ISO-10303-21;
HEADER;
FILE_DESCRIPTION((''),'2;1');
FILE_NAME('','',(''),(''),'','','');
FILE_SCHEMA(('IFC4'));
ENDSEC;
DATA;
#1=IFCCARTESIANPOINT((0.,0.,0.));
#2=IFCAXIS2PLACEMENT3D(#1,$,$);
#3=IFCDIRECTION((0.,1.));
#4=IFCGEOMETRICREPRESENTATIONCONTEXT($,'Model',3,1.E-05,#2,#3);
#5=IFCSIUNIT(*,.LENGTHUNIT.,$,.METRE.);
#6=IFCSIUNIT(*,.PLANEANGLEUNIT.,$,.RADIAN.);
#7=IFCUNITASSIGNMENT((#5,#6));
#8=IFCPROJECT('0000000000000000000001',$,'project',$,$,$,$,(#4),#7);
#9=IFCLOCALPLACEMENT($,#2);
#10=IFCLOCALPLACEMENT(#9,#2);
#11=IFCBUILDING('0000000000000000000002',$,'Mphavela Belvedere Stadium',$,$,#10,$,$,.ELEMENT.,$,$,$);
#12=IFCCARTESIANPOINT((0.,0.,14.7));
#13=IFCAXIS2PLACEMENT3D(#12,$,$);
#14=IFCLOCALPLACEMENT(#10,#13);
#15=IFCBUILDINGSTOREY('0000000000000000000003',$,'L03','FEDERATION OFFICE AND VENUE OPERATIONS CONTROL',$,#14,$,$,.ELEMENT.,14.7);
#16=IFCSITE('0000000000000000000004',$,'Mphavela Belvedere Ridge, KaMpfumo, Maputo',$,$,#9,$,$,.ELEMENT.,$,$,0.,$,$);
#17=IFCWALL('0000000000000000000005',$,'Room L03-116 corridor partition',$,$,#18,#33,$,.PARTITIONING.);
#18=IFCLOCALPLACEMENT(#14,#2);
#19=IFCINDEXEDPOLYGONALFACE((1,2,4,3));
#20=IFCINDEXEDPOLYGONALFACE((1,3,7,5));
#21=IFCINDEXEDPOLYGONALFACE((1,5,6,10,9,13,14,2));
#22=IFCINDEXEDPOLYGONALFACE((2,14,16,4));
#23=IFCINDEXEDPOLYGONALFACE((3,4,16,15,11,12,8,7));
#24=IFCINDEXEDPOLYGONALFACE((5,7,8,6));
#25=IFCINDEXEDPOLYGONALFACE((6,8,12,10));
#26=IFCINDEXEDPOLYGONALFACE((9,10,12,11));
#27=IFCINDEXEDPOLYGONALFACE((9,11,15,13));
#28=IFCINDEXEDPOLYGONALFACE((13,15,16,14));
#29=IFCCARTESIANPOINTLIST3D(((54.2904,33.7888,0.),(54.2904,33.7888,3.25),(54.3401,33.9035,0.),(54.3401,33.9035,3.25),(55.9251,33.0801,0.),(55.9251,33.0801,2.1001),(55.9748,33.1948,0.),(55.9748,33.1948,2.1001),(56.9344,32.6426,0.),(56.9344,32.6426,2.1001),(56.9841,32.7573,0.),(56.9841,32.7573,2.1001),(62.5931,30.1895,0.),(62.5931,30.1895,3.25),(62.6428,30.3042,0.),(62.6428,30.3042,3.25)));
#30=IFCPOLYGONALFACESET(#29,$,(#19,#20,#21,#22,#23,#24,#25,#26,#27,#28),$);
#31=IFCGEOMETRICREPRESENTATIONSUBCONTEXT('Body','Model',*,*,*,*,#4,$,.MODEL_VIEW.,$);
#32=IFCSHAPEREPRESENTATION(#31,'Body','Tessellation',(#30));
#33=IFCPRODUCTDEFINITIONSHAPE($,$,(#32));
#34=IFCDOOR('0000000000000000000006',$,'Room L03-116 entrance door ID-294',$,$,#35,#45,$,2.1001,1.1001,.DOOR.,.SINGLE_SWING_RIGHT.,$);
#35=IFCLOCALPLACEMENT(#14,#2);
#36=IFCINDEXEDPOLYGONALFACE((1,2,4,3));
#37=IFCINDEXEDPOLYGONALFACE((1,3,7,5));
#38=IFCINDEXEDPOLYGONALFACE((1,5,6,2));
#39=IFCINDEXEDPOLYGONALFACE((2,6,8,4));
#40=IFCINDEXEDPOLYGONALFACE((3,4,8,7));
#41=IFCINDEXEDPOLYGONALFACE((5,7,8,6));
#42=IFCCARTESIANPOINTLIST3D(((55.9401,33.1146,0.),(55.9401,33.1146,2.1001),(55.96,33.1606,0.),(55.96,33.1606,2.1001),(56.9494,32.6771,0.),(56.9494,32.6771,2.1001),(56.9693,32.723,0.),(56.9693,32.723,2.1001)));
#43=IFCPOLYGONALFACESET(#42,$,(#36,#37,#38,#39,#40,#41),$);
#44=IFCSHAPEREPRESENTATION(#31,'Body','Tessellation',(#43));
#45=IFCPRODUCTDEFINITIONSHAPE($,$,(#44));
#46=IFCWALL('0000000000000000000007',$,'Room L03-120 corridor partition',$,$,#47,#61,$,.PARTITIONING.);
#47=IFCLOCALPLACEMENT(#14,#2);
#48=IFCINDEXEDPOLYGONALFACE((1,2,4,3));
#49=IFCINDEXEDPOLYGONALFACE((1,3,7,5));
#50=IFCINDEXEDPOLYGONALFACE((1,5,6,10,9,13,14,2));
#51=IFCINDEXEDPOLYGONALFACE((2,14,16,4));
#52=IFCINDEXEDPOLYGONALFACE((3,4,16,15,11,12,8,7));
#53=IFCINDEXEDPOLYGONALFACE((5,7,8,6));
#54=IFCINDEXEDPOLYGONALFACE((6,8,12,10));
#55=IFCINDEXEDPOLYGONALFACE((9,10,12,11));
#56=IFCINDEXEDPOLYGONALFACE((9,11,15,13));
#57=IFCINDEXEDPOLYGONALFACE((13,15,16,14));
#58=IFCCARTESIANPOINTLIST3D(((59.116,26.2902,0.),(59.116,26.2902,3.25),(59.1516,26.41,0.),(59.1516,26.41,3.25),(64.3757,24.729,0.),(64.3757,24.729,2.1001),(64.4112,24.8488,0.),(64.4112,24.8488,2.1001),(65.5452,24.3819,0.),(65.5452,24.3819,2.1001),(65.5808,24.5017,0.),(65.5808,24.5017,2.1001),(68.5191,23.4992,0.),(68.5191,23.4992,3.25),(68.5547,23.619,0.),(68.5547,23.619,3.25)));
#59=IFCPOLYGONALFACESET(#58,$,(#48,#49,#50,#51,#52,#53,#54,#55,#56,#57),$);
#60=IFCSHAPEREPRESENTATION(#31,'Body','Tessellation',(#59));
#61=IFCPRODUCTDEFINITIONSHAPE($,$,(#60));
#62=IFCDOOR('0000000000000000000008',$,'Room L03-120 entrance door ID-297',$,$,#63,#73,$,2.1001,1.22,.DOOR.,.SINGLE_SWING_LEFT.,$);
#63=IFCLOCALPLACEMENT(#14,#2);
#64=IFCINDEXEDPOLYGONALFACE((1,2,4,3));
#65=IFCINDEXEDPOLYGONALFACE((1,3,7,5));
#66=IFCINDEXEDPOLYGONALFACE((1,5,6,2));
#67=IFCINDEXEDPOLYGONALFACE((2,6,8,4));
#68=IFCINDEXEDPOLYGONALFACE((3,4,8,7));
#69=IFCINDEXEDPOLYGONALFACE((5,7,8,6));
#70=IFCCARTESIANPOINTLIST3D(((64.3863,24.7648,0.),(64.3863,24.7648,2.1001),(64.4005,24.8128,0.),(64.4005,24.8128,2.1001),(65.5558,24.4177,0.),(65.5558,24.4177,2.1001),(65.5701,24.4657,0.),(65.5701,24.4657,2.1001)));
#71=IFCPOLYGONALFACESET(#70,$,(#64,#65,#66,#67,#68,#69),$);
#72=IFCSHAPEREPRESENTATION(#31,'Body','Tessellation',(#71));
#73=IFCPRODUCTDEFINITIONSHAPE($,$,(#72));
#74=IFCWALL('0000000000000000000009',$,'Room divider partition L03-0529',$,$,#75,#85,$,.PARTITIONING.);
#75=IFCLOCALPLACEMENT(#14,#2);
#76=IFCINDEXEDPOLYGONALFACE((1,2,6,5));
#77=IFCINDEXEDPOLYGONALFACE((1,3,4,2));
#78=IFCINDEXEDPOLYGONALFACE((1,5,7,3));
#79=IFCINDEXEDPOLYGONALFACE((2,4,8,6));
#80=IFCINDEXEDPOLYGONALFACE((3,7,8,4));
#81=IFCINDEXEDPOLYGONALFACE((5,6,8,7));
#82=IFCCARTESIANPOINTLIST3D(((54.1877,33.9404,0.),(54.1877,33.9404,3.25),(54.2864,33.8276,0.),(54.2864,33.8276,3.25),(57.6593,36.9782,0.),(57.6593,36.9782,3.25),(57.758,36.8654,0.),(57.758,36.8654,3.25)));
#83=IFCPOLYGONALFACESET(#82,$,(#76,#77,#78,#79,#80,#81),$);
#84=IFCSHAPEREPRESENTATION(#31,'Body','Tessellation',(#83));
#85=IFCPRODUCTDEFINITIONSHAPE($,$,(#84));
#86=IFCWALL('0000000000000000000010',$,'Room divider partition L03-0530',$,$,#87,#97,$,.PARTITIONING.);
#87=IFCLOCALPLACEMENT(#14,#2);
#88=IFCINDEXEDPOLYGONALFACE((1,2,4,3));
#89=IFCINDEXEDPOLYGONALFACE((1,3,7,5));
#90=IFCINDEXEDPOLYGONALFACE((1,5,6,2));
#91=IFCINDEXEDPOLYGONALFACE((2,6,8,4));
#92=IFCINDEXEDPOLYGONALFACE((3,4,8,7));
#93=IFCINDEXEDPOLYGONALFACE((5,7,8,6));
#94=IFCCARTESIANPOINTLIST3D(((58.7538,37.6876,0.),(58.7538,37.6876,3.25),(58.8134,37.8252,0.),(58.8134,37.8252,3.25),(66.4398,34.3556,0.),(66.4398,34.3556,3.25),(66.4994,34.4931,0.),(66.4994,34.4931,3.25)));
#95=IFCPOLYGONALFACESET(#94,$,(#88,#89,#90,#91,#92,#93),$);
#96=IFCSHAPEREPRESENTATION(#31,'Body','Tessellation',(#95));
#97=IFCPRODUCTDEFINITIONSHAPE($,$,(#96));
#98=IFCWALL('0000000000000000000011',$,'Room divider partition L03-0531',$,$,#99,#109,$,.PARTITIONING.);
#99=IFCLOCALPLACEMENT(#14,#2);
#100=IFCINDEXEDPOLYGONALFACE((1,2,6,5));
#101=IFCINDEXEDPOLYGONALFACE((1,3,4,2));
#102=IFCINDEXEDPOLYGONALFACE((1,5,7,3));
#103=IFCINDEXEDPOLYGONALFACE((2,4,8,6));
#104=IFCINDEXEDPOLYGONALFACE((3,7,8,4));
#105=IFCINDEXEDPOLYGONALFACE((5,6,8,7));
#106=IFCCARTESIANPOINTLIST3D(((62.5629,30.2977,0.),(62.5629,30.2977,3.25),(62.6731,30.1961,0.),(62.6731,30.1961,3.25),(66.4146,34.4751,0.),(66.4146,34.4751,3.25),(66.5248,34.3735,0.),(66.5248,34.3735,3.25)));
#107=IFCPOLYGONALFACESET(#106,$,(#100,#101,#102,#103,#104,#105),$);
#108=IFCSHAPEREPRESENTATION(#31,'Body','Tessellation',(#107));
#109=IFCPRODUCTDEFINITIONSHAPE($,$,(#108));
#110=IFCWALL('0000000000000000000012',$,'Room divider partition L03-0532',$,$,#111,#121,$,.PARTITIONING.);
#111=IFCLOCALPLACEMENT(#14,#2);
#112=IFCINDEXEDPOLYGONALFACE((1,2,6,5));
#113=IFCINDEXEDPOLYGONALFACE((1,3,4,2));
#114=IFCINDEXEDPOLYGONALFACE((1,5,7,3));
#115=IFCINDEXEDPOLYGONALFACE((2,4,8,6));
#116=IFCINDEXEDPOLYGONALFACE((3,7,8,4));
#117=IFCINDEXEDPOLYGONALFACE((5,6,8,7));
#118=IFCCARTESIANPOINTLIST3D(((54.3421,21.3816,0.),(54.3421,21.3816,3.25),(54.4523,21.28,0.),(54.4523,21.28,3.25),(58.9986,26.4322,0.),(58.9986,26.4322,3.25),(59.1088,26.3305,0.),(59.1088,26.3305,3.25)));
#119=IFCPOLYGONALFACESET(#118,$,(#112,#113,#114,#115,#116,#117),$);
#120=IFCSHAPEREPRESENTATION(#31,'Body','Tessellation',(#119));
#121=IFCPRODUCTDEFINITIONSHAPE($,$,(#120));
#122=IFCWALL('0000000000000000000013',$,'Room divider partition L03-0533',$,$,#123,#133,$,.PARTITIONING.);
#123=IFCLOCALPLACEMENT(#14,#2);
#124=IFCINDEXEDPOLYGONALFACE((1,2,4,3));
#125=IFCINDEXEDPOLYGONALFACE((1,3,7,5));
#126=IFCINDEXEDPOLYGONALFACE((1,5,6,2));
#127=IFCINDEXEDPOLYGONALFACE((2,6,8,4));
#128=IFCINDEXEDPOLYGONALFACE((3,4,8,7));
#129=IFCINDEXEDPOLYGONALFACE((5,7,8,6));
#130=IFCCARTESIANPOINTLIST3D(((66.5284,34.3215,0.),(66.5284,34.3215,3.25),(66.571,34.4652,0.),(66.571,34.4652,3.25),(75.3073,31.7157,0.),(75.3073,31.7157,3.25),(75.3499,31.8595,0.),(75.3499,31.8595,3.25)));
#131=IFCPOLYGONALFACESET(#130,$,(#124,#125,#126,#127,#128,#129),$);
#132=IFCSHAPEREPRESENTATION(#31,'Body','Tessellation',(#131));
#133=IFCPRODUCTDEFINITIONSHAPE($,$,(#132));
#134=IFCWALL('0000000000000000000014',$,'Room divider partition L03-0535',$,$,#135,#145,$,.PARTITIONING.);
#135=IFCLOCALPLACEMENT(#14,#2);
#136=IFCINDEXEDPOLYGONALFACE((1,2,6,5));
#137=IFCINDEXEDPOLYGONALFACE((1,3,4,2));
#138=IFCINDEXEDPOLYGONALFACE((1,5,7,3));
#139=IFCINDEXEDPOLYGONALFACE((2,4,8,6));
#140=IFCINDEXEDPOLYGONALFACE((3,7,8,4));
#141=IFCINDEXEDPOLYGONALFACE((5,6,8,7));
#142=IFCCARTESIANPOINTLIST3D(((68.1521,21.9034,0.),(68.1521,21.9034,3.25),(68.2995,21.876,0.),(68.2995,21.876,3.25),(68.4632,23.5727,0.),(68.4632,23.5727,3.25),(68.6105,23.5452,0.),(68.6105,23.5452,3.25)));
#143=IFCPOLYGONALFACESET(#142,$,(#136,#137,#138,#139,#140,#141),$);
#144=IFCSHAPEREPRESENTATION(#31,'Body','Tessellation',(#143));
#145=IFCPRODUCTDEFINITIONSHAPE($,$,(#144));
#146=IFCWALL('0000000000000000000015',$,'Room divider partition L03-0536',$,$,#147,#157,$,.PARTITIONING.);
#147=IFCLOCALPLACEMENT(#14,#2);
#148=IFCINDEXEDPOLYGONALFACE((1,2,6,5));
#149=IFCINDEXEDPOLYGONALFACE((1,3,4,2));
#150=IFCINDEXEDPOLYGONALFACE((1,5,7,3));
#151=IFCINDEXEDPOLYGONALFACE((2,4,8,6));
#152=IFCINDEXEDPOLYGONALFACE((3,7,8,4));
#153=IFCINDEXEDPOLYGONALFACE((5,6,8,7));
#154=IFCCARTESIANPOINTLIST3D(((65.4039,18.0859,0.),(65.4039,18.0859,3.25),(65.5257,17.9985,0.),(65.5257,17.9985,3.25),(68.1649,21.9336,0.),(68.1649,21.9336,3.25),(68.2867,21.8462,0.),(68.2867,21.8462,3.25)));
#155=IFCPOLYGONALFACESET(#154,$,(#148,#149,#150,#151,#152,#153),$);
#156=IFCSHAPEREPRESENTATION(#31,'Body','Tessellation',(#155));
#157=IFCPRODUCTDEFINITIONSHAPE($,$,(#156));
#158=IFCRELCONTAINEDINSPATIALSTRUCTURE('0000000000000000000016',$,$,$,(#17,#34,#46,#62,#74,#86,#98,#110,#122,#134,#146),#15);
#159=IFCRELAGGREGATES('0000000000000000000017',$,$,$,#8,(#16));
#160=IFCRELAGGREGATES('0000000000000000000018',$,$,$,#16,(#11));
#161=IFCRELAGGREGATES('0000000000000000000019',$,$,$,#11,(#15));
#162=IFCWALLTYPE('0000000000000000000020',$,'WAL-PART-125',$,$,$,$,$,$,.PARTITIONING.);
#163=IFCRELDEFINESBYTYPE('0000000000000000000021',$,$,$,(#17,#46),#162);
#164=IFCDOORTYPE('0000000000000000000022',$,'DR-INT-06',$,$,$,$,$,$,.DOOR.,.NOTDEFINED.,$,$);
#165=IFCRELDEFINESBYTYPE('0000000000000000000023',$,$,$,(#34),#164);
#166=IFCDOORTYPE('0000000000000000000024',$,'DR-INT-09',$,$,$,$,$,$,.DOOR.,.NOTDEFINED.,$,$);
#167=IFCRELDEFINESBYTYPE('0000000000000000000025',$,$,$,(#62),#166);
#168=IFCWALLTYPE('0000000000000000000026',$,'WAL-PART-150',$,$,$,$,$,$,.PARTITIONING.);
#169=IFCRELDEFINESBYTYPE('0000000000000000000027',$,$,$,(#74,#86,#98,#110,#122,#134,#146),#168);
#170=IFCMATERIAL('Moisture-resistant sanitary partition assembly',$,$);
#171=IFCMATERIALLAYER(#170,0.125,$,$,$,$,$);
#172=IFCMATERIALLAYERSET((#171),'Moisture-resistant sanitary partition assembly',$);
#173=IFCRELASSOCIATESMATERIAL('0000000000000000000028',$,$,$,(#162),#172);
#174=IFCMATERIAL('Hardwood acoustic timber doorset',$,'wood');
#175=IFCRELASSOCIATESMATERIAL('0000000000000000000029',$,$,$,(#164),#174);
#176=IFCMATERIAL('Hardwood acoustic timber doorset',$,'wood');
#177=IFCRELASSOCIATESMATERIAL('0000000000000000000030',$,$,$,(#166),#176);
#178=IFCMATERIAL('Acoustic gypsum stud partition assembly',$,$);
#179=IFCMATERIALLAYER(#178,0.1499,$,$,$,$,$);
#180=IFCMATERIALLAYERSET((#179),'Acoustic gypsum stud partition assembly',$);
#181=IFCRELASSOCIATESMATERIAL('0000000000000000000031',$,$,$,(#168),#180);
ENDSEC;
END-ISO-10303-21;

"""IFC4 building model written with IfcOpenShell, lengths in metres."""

from ifc_helpers import new_model, si_unit, direction, frame, frame_2d, origin, place, context, subcontext, project, spatial, rectangle, extrude, material, layer, layer_set, type_object, element, fill, save


model = new_model("IFC4")

# Units and contexts
model_context = context("Model", 3, precision=1e-05, world=origin(), true_north=direction((0.0, 1.0)))
body_context = subcontext(model_context, "Body", "Model", "MODEL_VIEW")
ifc_project = project(units=[si_unit("LENGTHUNIT", "METRE"), si_unit("PLANEANGLEUNIT", "RADIAN")], contexts=[model_context])

# Site, building, storey
site_placement = place(None, origin())
site = spatial("IfcSite", under=ifc_project, at=site_placement, Name="Mphavela Belvedere Ridge, KaMpfumo, Maputo", CompositionType="ELEMENT", RefElevation=0.0)
building_placement = place(site_placement, origin())
building = spatial("IfcBuilding", under=site, at=building_placement, Name="Mphavela Belvedere Stadium", CompositionType="ELEMENT")
storey_placement = place(building_placement, frame((0.0, 0.0, 14.7)))
storey = spatial("IfcBuildingStorey", under=building, at=storey_placement, Name="L03", Description="FEDERATION OFFICE AND VENUE OPERATIONS CONTROL", CompositionType="ELEMENT", Elevation=14.7)

# Walls, openings, doors
ifc_material_1 = material(Name="Moisture-resistant sanitary partition assembly")
ifc_layer_1 = layer(ifc_material_1, 0.125)
ifc_layer_set_1 = layer_set([ifc_layer_1], Name="Moisture-resistant sanitary partition assembly")
wall_type_1 = type_object("IfcWallType", Name="WAL-PART-125", PredefinedType="PARTITIONING", material=ifc_layer_set_1)
wall_1_placement = place(storey_placement, frame((62.6179, 30.2468, 0.0), z_axis=(0.0, 0.0, 1.0), x_axis=(-0.917495, 0.397748, 0.0)))
wall_1 = element("IfcWall", 1, at=wall_1_placement, inside=storey, type_object=wall_type_1, Name="Room L03-116 corridor partition", PredefinedType="PARTITIONING", context=body_context, shape_type="SweptSolid", body=[
    extrude(rectangle(XDim=9.0493, YDim=0.125, at=frame_2d((4.5247, 0.0))), origin(), (0.0, 0.0, 1.0), 3.25),
])
opening_1_placement = place(wall_1_placement, frame((6.1675, 0.0, 0.0)))
opening_1 = element("IfcOpeningElement", 2, at=opening_1_placement, cuts=wall_1, PredefinedType="OPENING", context=body_context, shape_type="SweptSolid", body=[
    extrude(rectangle(XDim=1.1001, YDim=2.1001, at=frame_2d((0.55, 1.05))), frame((0.0, 0.0725, 0.0), z_axis=(0.0, -1.0, 0.0), x_axis=(1.0, 0.0, 0.0)), (0.0, 0.0, 1.0), 0.145),
])
ifc_material_2 = material(Name="Hardwood acoustic timber doorset", Category="wood")
door_type_1 = type_object("IfcDoorType", Name="DR-INT-06", OperationType="NOTDEFINED", PredefinedType="DOOR", material=ifc_material_2)
door_1_placement = place(opening_1_placement, origin())
door_1 = element("IfcDoor", 3, at=door_1_placement, inside=storey, type_object=door_type_1, Name="Room L03-116 entrance door ID-294", OperationType="SINGLE_SWING_RIGHT", OverallHeight=2.1001, OverallWidth=1.1001, PredefinedType="DOOR", context=body_context, shape_type="SweptSolid", body=[
    extrude(rectangle(XDim=1.1001, YDim=2.1001, at=frame_2d((0.55, 1.05))), frame((0.0, 0.0249, 0.0), z_axis=(0.0, -1.0, 0.0), x_axis=(1.0, 0.0, 0.0)), (0.0, 0.0, 1.0), 0.05),
])
fill(opening_1, door_1)
wall_2_placement = place(storey_placement, frame((59.1338, 26.3501, 0.0), z_axis=(0.0, 0.0, 1.0), x_axis=(0.958661, -0.284549, 0.0)))
wall_2 = element("IfcWall", 4, at=wall_2_placement, inside=storey, type_object=wall_type_1, Name="Room L03-120 corridor partition", PredefinedType="PARTITIONING", context=body_context, shape_type="SweptSolid", body=[
    extrude(rectangle(XDim=9.8086, YDim=0.125, at=frame_2d((4.9043, 0.0))), origin(), (0.0, 0.0, 1.0), 3.25),
])
opening_2_placement = place(wall_2_placement, frame((5.4866, 0.0, 0.0)))
opening_2 = element("IfcOpeningElement", 5, at=opening_2_placement, cuts=wall_2, PredefinedType="OPENING", context=body_context, shape_type="SweptSolid", body=[
    extrude(rectangle(XDim=1.22, YDim=2.1001, at=frame_2d((0.6099, 1.05))), frame((0.0, 0.0725, 0.0), z_axis=(0.0, -1.0, 0.0), x_axis=(1.0, 0.0, 0.0)), (0.0, 0.0, 1.0), 0.145),
])
ifc_material_3 = material(Name="Hardwood acoustic timber doorset", Category="wood")
door_type_2 = type_object("IfcDoorType", Name="DR-INT-09", OperationType="NOTDEFINED", PredefinedType="DOOR", material=ifc_material_3)
door_2_placement = place(opening_2_placement, origin())
door_2 = element("IfcDoor", 6, at=door_2_placement, inside=storey, type_object=door_type_2, Name="Room L03-120 entrance door ID-297", OperationType="SINGLE_SWING_LEFT", OverallHeight=2.1001, OverallWidth=1.22, PredefinedType="DOOR", context=body_context, shape_type="SweptSolid", body=[
    extrude(rectangle(XDim=1.22, YDim=2.1001, at=frame_2d((0.6099, 1.05))), frame((0.0, 0.0249, 0.0), z_axis=(0.0, -1.0, 0.0), x_axis=(1.0, 0.0, 0.0)), (0.0, 0.0, 1.0), 0.05),
])
fill(opening_2, door_2)

# Walls
ifc_material_4 = material(Name="Acoustic gypsum stud partition assembly")
ifc_layer_2 = layer(ifc_material_4, 0.1499)
ifc_layer_set_2 = layer_set([ifc_layer_2], Name="Acoustic gypsum stud partition assembly")
wall_type_2 = type_object("IfcWallType", Name="WAL-PART-150", PredefinedType="PARTITIONING", material=ifc_layer_set_2)
wall_3_placement = place(storey_placement, frame((57.7087, 36.9219, 0.0), z_axis=(0.0, 0.0, 1.0), x_axis=(-0.752564, -0.65852, 0.0)))
element("IfcWall", 7, at=wall_3_placement, inside=storey, type_object=wall_type_2, Name="Room divider partition L03-0529", PredefinedType="PARTITIONING", context=body_context, shape_type="SweptSolid", body=[
    extrude(rectangle(XDim=4.613, YDim=0.1499, at=frame_2d((2.3066, 0.0))), origin(), (0.0, 0.0, 1.0), 3.25),
])
wall_4_placement = place(storey_placement, frame((58.7837, 37.7563, 0.0), z_axis=(0.0, 0.0, 1.0), x_axis=(0.917494, -0.39775, 0.0)))
element("IfcWall", 8, at=wall_4_placement, inside=storey, type_object=wall_type_2, Name="Room divider partition L03-0530", PredefinedType="PARTITIONING", context=body_context, shape_type="SweptSolid", body=[
    extrude(rectangle(XDim=8.3772, YDim=0.1499, at=frame_2d((4.1885, 0.0))), origin(), (0.0, 0.0, 1.0), 3.25),
])
wall_5_placement = place(storey_placement, frame((66.4697, 34.4243, 0.0), z_axis=(0.0, 0.0, 1.0), x_axis=(-0.677868, -0.735184, 0.0)))
element("IfcWall", 9, at=wall_5_placement, inside=storey, type_object=wall_type_2, Name="Room divider partition L03-0531", PredefinedType="PARTITIONING", context=body_context, shape_type="SweptSolid", body=[
    extrude(rectangle(XDim=5.6821, YDim=0.1499, at=frame_2d((2.8411, 0.0))), origin(), (0.0, 0.0, 1.0), 3.25),
])
wall_6_placement = place(storey_placement, frame((59.0537, 26.3813, 0.0), z_axis=(0.0, 0.0, 1.0), x_axis=(-0.677845, -0.735205, 0.0)))
element("IfcWall", 10, at=wall_6_placement, inside=storey, type_object=wall_type_2, Name="Room divider partition L03-0532", PredefinedType="PARTITIONING", context=body_context, shape_type="SweptSolid", body=[
    extrude(rectangle(XDim=6.8696, YDim=0.1499, at=frame_2d((3.4348, 0.0))), origin(), (0.0, 0.0, 1.0), 3.25),
])
wall_7_placement = place(storey_placement, frame((66.5498, 34.3933, 0.0), z_axis=(0.0, 0.0, 1.0), x_axis=(0.958662, -0.284549, 0.0)))
element("IfcWall", 11, at=wall_7_placement, inside=storey, type_object=wall_type_2, Name="Room divider partition L03-0533", PredefinedType="PARTITIONING", context=body_context, shape_type="SweptSolid", body=[
    extrude(rectangle(XDim=9.1575, YDim=0.1499, at=frame_2d((4.5786, 0.0))), origin(), (0.0, 0.0, 1.0), 3.25),
])
wall_8_placement = place(storey_placement, frame((68.5369, 23.5591, 0.0), z_axis=(0.0, 0.0, 1.0), x_axis=(-0.183186, -0.983078, 0.0)))
element("IfcWall", 12, at=wall_8_placement, inside=storey, type_object=wall_type_2, Name="Room divider partition L03-0535", PredefinedType="PARTITIONING", context=body_context, shape_type="SweptSolid", body=[
    extrude(rectangle(XDim=1.698, YDim=0.1499, at=frame_2d((0.8491, 0.0))), origin(), (0.0, 0.0, 1.0), 3.25),
])
wall_9_placement = place(storey_placement, frame((68.2258, 21.8899, 0.0), z_axis=(0.0, 0.0, 1.0), x_axis=(-0.583007, -0.812467, 0.0)))
element("IfcWall", 13, at=wall_9_placement, inside=storey, type_object=wall_type_2, Name="Room divider partition L03-0536", PredefinedType="PARTITIONING", context=body_context, shape_type="SweptSolid", body=[
    extrude(rectangle(XDim=4.7358, YDim=0.1499, at=frame_2d((2.3679, 0.0))), origin(), (0.0, 0.0, 1.0), 3.25),
])

save(model, "model.ifc")
